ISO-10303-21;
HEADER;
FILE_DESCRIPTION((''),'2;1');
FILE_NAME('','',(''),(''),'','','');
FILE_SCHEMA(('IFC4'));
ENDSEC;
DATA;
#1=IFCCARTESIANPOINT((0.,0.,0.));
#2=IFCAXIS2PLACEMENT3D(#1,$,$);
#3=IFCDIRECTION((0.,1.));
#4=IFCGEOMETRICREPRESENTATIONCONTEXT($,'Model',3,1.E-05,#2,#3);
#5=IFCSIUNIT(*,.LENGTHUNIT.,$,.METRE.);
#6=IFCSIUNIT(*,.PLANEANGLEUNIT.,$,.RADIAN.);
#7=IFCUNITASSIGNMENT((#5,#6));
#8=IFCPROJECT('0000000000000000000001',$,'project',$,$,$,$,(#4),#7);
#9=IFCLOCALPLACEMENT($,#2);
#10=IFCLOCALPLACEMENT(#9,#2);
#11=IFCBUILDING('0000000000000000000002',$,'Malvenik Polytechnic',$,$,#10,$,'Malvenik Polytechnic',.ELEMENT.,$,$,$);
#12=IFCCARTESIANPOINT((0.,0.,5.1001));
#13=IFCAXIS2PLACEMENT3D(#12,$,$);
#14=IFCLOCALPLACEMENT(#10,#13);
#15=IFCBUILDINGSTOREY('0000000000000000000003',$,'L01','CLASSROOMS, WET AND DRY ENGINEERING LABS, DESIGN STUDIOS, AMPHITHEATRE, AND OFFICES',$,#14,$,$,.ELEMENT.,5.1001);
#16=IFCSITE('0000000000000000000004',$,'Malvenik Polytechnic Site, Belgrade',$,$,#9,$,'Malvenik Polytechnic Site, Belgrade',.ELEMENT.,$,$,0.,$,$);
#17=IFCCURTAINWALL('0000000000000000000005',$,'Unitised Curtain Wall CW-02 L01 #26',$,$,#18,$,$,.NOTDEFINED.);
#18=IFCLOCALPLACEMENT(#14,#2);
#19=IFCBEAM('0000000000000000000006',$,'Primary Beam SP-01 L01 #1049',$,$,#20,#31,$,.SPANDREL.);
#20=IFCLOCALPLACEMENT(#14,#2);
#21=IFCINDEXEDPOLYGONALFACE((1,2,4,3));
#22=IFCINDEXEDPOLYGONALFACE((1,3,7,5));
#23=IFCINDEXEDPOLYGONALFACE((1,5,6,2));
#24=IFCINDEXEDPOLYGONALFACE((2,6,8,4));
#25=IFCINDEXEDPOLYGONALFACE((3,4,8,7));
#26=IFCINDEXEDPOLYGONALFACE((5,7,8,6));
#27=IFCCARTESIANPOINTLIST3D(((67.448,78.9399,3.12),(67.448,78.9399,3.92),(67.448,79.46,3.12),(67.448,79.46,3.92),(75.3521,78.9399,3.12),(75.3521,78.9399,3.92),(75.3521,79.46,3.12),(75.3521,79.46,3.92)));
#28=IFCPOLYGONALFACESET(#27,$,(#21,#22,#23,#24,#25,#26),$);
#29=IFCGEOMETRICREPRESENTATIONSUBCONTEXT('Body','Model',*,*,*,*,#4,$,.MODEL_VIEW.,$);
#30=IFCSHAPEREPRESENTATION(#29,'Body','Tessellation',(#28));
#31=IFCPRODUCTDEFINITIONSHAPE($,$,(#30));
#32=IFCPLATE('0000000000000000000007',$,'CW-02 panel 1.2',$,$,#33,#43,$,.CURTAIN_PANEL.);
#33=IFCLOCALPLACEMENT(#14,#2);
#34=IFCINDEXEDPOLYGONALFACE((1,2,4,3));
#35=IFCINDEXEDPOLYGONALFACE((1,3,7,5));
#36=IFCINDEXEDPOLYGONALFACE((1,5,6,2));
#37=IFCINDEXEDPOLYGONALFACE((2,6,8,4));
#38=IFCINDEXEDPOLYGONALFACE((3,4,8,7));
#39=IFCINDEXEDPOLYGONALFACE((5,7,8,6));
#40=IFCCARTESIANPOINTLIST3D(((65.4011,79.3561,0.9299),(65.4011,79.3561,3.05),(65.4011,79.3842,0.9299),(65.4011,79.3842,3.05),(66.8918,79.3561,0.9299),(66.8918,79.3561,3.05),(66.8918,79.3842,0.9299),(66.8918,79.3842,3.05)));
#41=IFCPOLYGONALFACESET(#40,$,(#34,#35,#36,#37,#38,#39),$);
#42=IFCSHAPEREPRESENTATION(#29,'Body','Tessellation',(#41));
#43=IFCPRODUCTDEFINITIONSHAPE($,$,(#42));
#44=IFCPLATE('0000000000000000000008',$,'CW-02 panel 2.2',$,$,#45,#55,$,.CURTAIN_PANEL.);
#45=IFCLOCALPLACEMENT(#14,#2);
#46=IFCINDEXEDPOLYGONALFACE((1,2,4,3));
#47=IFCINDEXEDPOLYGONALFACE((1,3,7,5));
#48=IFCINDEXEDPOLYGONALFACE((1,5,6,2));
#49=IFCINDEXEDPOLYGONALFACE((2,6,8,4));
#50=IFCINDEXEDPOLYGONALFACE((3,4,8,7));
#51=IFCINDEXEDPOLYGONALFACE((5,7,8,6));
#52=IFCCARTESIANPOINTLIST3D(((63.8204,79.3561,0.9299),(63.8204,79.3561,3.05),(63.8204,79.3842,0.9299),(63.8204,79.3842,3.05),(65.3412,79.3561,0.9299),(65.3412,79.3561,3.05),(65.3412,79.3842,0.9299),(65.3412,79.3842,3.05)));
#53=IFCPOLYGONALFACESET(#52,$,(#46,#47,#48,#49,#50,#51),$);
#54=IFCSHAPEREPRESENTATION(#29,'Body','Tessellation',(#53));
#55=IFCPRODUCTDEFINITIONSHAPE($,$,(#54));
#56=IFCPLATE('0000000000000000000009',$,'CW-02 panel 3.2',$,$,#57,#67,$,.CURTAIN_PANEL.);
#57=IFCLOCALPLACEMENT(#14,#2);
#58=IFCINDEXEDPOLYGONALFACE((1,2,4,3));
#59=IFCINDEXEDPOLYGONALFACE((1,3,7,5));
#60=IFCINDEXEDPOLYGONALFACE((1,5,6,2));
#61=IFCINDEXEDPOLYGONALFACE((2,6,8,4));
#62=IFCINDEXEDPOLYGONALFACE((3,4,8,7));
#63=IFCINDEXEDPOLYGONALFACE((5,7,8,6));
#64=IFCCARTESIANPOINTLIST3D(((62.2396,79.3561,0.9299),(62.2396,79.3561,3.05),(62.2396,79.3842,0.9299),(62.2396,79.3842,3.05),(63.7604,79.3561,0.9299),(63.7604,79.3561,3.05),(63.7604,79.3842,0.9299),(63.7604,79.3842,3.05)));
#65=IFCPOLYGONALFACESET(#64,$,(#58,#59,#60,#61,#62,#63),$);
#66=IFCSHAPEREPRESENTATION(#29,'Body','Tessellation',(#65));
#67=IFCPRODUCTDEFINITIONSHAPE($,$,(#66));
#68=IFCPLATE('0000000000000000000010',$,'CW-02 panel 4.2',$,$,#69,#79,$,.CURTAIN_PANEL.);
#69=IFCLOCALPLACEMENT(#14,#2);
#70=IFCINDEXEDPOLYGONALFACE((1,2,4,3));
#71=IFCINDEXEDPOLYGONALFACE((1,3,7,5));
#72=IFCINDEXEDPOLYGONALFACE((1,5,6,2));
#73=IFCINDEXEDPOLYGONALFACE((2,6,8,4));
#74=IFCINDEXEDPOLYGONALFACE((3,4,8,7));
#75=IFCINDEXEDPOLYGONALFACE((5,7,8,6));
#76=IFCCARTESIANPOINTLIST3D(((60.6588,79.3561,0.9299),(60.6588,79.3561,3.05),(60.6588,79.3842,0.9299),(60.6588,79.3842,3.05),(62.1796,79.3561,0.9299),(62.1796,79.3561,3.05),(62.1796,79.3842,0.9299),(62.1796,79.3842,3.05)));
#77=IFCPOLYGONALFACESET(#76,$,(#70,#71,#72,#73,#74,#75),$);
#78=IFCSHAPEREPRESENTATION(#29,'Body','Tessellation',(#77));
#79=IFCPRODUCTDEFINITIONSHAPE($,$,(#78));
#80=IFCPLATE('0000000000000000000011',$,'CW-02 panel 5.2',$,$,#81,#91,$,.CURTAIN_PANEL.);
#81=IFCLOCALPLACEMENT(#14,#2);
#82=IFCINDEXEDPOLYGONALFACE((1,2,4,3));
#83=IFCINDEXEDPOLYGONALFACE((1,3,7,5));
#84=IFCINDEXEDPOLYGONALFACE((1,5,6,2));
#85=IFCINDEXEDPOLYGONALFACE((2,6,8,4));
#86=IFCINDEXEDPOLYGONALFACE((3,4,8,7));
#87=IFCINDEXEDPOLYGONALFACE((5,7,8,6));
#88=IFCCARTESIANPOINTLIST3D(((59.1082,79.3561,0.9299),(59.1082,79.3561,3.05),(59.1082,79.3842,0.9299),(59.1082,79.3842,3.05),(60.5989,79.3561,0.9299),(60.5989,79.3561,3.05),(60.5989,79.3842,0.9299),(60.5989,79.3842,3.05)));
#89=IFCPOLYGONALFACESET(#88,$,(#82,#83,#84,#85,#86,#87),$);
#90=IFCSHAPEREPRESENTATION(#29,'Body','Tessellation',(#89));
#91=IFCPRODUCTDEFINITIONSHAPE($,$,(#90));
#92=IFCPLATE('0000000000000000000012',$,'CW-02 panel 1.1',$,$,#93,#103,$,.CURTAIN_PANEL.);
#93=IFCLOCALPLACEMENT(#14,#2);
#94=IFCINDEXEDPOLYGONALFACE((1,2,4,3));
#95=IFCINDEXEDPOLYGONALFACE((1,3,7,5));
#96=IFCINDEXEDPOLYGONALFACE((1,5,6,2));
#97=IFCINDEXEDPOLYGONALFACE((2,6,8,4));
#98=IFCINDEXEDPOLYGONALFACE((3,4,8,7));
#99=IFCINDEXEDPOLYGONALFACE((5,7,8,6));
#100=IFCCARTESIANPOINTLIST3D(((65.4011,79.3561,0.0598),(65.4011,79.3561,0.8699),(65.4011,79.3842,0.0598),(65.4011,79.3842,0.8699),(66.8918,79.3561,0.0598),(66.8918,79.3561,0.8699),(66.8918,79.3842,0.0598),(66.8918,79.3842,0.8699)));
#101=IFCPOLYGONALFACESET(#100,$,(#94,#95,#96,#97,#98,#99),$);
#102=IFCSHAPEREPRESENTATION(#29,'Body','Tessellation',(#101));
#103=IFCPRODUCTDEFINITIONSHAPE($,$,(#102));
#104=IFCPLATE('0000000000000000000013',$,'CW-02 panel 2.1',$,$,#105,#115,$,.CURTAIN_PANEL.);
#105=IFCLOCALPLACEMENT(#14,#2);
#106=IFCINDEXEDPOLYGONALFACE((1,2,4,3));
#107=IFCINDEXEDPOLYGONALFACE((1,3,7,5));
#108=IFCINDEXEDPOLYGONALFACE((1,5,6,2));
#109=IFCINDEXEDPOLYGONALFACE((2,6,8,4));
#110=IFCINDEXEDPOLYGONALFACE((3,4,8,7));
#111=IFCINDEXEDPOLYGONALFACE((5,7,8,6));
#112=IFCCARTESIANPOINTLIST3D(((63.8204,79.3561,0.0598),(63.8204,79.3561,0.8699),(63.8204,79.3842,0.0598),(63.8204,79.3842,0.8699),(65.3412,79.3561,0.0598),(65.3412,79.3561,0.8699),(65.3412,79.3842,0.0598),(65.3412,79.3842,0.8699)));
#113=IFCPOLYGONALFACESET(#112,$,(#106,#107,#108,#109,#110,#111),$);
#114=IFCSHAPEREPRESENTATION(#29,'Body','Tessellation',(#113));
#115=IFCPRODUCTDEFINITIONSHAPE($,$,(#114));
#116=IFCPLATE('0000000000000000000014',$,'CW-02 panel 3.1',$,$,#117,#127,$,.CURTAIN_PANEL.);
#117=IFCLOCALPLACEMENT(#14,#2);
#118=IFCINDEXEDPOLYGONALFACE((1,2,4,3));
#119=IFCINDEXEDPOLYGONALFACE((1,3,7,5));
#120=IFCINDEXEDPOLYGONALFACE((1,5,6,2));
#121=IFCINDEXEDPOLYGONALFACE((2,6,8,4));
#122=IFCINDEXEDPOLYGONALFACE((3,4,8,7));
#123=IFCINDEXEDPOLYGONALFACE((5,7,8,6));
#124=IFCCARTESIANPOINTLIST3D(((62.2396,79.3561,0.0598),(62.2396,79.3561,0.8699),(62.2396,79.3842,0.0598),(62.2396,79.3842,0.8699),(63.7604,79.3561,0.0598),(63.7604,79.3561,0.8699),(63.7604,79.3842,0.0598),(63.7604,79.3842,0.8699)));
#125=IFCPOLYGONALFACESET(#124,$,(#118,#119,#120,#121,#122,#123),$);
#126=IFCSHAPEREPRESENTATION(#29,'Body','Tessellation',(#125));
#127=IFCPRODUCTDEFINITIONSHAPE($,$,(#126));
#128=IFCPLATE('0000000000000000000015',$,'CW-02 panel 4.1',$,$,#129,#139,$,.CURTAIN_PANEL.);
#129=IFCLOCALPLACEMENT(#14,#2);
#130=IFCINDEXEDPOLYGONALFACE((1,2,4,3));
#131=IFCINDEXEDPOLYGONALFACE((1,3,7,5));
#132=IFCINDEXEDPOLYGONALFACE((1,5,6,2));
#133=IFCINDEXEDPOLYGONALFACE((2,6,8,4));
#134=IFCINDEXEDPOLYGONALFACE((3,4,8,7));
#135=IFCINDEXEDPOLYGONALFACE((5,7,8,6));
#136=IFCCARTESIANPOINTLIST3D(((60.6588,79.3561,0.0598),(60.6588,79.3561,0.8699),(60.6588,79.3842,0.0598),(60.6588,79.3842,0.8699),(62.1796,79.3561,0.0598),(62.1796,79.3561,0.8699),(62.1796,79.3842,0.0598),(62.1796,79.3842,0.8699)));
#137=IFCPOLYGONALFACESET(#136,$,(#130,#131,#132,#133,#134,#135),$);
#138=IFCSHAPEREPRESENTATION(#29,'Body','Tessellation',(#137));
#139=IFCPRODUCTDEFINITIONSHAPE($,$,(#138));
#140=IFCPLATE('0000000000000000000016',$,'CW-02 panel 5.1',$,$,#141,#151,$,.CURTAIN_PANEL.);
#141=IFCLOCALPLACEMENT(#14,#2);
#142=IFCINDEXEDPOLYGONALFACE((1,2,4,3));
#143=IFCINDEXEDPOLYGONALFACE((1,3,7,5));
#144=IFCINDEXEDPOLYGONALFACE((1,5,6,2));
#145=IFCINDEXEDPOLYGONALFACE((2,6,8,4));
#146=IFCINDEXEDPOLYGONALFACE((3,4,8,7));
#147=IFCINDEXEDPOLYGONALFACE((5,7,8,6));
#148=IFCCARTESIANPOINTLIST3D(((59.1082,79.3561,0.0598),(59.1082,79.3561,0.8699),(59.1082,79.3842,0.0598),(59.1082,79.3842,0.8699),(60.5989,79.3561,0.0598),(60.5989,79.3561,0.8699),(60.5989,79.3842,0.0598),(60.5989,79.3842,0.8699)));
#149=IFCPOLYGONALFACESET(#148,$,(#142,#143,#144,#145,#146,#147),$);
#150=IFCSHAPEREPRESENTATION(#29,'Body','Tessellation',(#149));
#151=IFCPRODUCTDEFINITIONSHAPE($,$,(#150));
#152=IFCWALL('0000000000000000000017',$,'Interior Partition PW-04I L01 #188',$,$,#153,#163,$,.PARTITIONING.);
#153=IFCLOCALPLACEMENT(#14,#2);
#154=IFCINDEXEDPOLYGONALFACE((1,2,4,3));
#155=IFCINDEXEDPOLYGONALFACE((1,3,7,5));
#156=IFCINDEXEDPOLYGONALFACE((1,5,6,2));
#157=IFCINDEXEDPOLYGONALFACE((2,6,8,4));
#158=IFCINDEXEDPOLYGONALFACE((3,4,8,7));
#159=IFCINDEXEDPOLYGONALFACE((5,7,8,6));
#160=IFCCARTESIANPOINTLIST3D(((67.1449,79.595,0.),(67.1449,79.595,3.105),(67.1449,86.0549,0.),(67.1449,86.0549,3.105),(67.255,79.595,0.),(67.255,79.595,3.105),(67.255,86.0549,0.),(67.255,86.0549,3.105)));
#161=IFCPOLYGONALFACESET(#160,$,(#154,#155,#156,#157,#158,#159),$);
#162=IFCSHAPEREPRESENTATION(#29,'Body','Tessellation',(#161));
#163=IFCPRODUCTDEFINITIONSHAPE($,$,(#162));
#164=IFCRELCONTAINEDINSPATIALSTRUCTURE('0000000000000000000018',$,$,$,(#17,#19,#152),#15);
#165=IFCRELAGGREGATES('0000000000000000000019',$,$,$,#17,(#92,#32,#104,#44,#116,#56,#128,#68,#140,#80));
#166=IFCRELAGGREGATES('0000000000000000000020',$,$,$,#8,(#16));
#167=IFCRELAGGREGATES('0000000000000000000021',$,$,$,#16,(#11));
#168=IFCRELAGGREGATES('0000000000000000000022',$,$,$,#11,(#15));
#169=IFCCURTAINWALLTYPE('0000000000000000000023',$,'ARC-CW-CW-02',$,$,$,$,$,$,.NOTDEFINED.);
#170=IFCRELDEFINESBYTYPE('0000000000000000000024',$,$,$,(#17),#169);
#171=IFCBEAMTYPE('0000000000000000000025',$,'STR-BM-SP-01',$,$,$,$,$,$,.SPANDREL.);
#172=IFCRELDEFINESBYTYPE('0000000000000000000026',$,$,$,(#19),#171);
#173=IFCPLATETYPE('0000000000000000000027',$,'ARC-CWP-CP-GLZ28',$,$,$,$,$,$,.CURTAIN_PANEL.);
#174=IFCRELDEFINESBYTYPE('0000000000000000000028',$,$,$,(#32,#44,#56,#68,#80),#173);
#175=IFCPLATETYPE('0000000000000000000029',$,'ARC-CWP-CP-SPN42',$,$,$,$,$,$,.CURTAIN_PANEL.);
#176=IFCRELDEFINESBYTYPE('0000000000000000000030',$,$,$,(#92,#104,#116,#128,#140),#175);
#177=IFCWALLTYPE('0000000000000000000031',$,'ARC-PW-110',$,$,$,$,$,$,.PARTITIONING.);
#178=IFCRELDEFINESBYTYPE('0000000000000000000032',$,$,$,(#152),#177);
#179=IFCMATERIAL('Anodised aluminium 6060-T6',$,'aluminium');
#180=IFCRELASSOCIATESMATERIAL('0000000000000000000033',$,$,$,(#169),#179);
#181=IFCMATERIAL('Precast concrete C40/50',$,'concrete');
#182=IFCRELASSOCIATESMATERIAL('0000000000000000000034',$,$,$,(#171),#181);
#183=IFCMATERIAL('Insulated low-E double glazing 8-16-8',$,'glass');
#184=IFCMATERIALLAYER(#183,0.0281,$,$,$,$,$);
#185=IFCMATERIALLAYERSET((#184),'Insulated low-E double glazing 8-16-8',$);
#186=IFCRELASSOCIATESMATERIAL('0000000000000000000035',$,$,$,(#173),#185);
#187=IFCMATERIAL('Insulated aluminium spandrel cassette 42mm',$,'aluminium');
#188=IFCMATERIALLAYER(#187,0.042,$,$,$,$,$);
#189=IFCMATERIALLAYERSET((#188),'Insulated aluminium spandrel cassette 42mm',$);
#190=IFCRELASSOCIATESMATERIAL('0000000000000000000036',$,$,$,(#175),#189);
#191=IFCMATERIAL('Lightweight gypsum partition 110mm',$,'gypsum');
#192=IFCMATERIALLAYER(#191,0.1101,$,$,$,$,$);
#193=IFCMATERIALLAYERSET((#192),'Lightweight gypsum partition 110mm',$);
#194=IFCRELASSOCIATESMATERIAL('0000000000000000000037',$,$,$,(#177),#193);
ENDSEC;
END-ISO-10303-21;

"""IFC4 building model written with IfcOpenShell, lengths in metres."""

from ifc_helpers import new_model, si_unit, direction, frame, frame_2d, origin, origin_2d, place, context, subcontext, project, spatial, rectangle, extrude, material, layer, layer_set, material_profile, profile_set, type_object, element, aggregate, save


model = new_model("IFC4")

# Units and contexts
model_context = context("Model", 3, precision=1e-05, world=origin(), true_north=direction((0.0, 1.0)))
body_context = subcontext(model_context, "Body", "Model", "MODEL_VIEW")
ifc_project = project(units=[si_unit("LENGTHUNIT", "METRE"), si_unit("PLANEANGLEUNIT", "RADIAN")], contexts=[model_context])

# Site, building, storey
site_placement = place(None, origin())
site = spatial("IfcSite", under=ifc_project, at=site_placement, Name="Malvenik Polytechnic Site, Belgrade", LongName="Malvenik Polytechnic Site, Belgrade", CompositionType="ELEMENT", RefElevation=0.0)
building_placement = place(site_placement, origin())
building = spatial("IfcBuilding", under=site, at=building_placement, Name="Malvenik Polytechnic", LongName="Malvenik Polytechnic", CompositionType="ELEMENT")
storey_placement = place(building_placement, frame((0.0, 0.0, 5.1001)))
storey = spatial("IfcBuildingStorey", under=building, at=storey_placement, Name="L01", Description="CLASSROOMS, WET AND DRY ENGINEERING LABS, DESIGN STUDIOS, AMPHITHEATRE, AND OFFICES", CompositionType="ELEMENT", Elevation=5.1001)

# Curtain wall
ifc_material_1 = material(Name="Anodised aluminium 6060-T6", Category="aluminium")
curtain_wall_type = type_object("IfcCurtainWallType", Name="ARC-CW-CW-02", PredefinedType="NOTDEFINED", material=ifc_material_1)
curtain_wall_placement = place(storey_placement, origin())
curtain_wall = element("IfcCurtainWall", 1, at=curtain_wall_placement, inside=storey, type_object=curtain_wall_type, Name="Unitised Curtain Wall CW-02 L01 #26", PredefinedType="NOTDEFINED")

# Beam
ifc_material_2 = material(Name="Precast concrete C40/50", Category="concrete")
ifc_material_profile_1 = material_profile(ifc_material_2, rectangle(XDim=0.52, YDim=0.8, at=origin_2d()), Name="PC SPN 520x800")
ifc_profile_set_1 = profile_set([ifc_material_profile_1], Name="Precast concrete C40/50")
beam_type_1 = type_object("IfcBeamType", Name="STR-BM-SP-01", PredefinedType="SPANDREL", material=ifc_profile_set_1)
beam_1_placement = place(storey_placement, frame((67.448, 79.2, 3.52), z_axis=(1.0, 0.0, 0.0), x_axis=(0.0, 1.0, 0.0)))
element("IfcBeam", 2, at=beam_1_placement, inside=storey, type_object=beam_type_1, Name="Primary Beam SP-01 L01 #1049", PredefinedType="SPANDREL", context=body_context, shape_type="SweptSolid", body=[
    extrude(rectangle(XDim=0.52, YDim=0.8, at=origin_2d()), origin(), (0.0, 0.0, 1.0), 7.9041),
])

# Plates
ifc_material_3 = material(Name="Insulated low-E double glazing 8-16-8", Category="glass")
ifc_layer_1 = layer(ifc_material_3, 0.0281)
ifc_layer_set_1 = layer_set([ifc_layer_1], Name="Insulated low-E double glazing 8-16-8")
plate_type_1 = type_object("IfcPlateType", Name="ARC-CWP-CP-GLZ28", PredefinedType="CURTAIN_PANEL", material=ifc_layer_set_1)
plate_1_placement = place(storey_placement, frame((66.1465, 79.3701, 0.9299), z_axis=(0.0, 0.0, 1.0), x_axis=(-1.0, 0.0, 0.0)))
plate_1 = element("IfcPlate", 3, at=plate_1_placement, type_object=plate_type_1, Name="CW-02 panel 1.2", PredefinedType="CURTAIN_PANEL", context=body_context, shape_type="SweptSolid", body=[
    extrude(rectangle(XDim=1.4907, YDim=0.0281, at=origin_2d()), origin(), (0.0, 0.0, 1.0), 2.1201),
])
plate_2_placement = place(storey_placement, frame((64.5808, 79.3701, 0.9299), z_axis=(0.0, 0.0, 1.0), x_axis=(-1.0, 0.0, 0.0)))
plate_2 = element("IfcPlate", 4, at=plate_2_placement, type_object=plate_type_1, Name="CW-02 panel 2.2", PredefinedType="CURTAIN_PANEL", context=body_context, shape_type="SweptSolid", body=[
    extrude(rectangle(XDim=1.5208, YDim=0.0281, at=origin_2d()), origin(), (0.0, 0.0, 1.0), 2.1201),
])
plate_3_placement = place(storey_placement, frame((63.0, 79.3701, 0.9299), z_axis=(0.0, 0.0, 1.0), x_axis=(-1.0, 0.0, 0.0)))
plate_3 = element("IfcPlate", 5, at=plate_3_placement, type_object=plate_type_1, Name="CW-02 panel 3.2", PredefinedType="CURTAIN_PANEL", context=body_context, shape_type="SweptSolid", body=[
    extrude(rectangle(XDim=1.5208, YDim=0.0281, at=origin_2d()), origin(), (0.0, 0.0, 1.0), 2.1201),
])
plate_4_placement = place(storey_placement, frame((61.4192, 79.3701, 0.9299), z_axis=(0.0, 0.0, 1.0), x_axis=(-1.0, 0.0, 0.0)))
plate_4 = element("IfcPlate", 6, at=plate_4_placement, type_object=plate_type_1, Name="CW-02 panel 4.2", PredefinedType="CURTAIN_PANEL", context=body_context, shape_type="SweptSolid", body=[
    extrude(rectangle(XDim=1.5208, YDim=0.0281, at=origin_2d()), origin(), (0.0, 0.0, 1.0), 2.1201),
])
plate_5_placement = place(storey_placement, frame((59.8535, 79.3701, 0.9299), z_axis=(0.0, 0.0, 1.0), x_axis=(-1.0, 0.0, 0.0)))
plate_5 = element("IfcPlate", 7, at=plate_5_placement, type_object=plate_type_1, Name="CW-02 panel 5.2", PredefinedType="CURTAIN_PANEL", context=body_context, shape_type="SweptSolid", body=[
    extrude(rectangle(XDim=1.4907, YDim=0.0281, at=origin_2d()), origin(), (0.0, 0.0, 1.0), 2.1201),
])
ifc_material_4 = material(Name="Insulated aluminium spandrel cassette 42mm", Category="aluminium")
ifc_layer_2 = layer(ifc_material_4, 0.042)
ifc_layer_set_2 = layer_set([ifc_layer_2], Name="Insulated aluminium spandrel cassette 42mm")
plate_type_2 = type_object("IfcPlateType", Name="ARC-CWP-CP-SPN42", PredefinedType="CURTAIN_PANEL", material=ifc_layer_set_2)
plate_6_placement = place(storey_placement, frame((66.1465, 79.3701, 0.0598), z_axis=(0.0, 0.0, 1.0), x_axis=(-1.0, 0.0, 0.0)))
plate_6 = element("IfcPlate", 8, at=plate_6_placement, type_object=plate_type_2, Name="CW-02 panel 1.1", PredefinedType="CURTAIN_PANEL", context=body_context, shape_type="SweptSolid", body=[
    extrude(rectangle(XDim=1.4907, YDim=0.0281, at=origin_2d()), origin(), (0.0, 0.0, 1.0), 0.8101),
])
plate_7_placement = place(storey_placement, frame((64.5808, 79.3701, 0.0598), z_axis=(0.0, 0.0, 1.0), x_axis=(-1.0, 0.0, 0.0)))
plate_7 = element("IfcPlate", 9, at=plate_7_placement, type_object=plate_type_2, Name="CW-02 panel 2.1", PredefinedType="CURTAIN_PANEL", context=body_context, shape_type="SweptSolid", body=[
    extrude(rectangle(XDim=1.5208, YDim=0.0281, at=origin_2d()), origin(), (0.0, 0.0, 1.0), 0.8101),
])
plate_8_placement = place(storey_placement, frame((63.0, 79.3701, 0.0598), z_axis=(0.0, 0.0, 1.0), x_axis=(-1.0, 0.0, 0.0)))
plate_8 = element("IfcPlate", 10, at=plate_8_placement, type_object=plate_type_2, Name="CW-02 panel 3.1", PredefinedType="CURTAIN_PANEL", context=body_context, shape_type="SweptSolid", body=[
    extrude(rectangle(XDim=1.5208, YDim=0.0281, at=origin_2d()), origin(), (0.0, 0.0, 1.0), 0.8101),
])
plate_9_placement = place(storey_placement, frame((61.4192, 79.3701, 0.0598), z_axis=(0.0, 0.0, 1.0), x_axis=(-1.0, 0.0, 0.0)))
plate_9 = element("IfcPlate", 11, at=plate_9_placement, type_object=plate_type_2, Name="CW-02 panel 4.1", PredefinedType="CURTAIN_PANEL", context=body_context, shape_type="SweptSolid", body=[
    extrude(rectangle(XDim=1.5208, YDim=0.0281, at=origin_2d()), origin(), (0.0, 0.0, 1.0), 0.8101),
])
plate_10_placement = place(storey_placement, frame((59.8535, 79.3701, 0.0598), z_axis=(0.0, 0.0, 1.0), x_axis=(-1.0, 0.0, 0.0)))
plate_10 = element("IfcPlate", 12, at=plate_10_placement, type_object=plate_type_2, Name="CW-02 panel 5.1", PredefinedType="CURTAIN_PANEL", context=body_context, shape_type="SweptSolid", body=[
    extrude(rectangle(XDim=1.4907, YDim=0.0281, at=origin_2d()), origin(), (0.0, 0.0, 1.0), 0.8101),
])
aggregate(curtain_wall, [plate_6, plate_1, plate_7, plate_2, plate_8, plate_3, plate_9, plate_4, plate_10, plate_5])

# Wall
ifc_material_5 = material(Name="Lightweight gypsum partition 110mm", Category="gypsum")
ifc_layer_3 = layer(ifc_material_5, 0.1101)
ifc_layer_set_3 = layer_set([ifc_layer_3], Name="Lightweight gypsum partition 110mm")
wall_type = type_object("IfcWallType", Name="ARC-PW-110", PredefinedType="PARTITIONING", material=ifc_layer_set_3)
wall_placement = place(storey_placement, frame((67.2, 79.595, 0.0), z_axis=(0.0, 0.0, 1.0), x_axis=(0.0, 1.0, 0.0)))
element("IfcWall", 13, at=wall_placement, inside=storey, type_object=wall_type, Name="Interior Partition PW-04I L01 #188", PredefinedType="PARTITIONING", context=body_context, shape_type="SweptSolid", body=[
    extrude(rectangle(XDim=6.46, YDim=0.1101, at=frame_2d((3.23, 0.0))), origin(), (0.0, 0.0, 1.0), 3.105),
])

save(model, "model.ifc")
